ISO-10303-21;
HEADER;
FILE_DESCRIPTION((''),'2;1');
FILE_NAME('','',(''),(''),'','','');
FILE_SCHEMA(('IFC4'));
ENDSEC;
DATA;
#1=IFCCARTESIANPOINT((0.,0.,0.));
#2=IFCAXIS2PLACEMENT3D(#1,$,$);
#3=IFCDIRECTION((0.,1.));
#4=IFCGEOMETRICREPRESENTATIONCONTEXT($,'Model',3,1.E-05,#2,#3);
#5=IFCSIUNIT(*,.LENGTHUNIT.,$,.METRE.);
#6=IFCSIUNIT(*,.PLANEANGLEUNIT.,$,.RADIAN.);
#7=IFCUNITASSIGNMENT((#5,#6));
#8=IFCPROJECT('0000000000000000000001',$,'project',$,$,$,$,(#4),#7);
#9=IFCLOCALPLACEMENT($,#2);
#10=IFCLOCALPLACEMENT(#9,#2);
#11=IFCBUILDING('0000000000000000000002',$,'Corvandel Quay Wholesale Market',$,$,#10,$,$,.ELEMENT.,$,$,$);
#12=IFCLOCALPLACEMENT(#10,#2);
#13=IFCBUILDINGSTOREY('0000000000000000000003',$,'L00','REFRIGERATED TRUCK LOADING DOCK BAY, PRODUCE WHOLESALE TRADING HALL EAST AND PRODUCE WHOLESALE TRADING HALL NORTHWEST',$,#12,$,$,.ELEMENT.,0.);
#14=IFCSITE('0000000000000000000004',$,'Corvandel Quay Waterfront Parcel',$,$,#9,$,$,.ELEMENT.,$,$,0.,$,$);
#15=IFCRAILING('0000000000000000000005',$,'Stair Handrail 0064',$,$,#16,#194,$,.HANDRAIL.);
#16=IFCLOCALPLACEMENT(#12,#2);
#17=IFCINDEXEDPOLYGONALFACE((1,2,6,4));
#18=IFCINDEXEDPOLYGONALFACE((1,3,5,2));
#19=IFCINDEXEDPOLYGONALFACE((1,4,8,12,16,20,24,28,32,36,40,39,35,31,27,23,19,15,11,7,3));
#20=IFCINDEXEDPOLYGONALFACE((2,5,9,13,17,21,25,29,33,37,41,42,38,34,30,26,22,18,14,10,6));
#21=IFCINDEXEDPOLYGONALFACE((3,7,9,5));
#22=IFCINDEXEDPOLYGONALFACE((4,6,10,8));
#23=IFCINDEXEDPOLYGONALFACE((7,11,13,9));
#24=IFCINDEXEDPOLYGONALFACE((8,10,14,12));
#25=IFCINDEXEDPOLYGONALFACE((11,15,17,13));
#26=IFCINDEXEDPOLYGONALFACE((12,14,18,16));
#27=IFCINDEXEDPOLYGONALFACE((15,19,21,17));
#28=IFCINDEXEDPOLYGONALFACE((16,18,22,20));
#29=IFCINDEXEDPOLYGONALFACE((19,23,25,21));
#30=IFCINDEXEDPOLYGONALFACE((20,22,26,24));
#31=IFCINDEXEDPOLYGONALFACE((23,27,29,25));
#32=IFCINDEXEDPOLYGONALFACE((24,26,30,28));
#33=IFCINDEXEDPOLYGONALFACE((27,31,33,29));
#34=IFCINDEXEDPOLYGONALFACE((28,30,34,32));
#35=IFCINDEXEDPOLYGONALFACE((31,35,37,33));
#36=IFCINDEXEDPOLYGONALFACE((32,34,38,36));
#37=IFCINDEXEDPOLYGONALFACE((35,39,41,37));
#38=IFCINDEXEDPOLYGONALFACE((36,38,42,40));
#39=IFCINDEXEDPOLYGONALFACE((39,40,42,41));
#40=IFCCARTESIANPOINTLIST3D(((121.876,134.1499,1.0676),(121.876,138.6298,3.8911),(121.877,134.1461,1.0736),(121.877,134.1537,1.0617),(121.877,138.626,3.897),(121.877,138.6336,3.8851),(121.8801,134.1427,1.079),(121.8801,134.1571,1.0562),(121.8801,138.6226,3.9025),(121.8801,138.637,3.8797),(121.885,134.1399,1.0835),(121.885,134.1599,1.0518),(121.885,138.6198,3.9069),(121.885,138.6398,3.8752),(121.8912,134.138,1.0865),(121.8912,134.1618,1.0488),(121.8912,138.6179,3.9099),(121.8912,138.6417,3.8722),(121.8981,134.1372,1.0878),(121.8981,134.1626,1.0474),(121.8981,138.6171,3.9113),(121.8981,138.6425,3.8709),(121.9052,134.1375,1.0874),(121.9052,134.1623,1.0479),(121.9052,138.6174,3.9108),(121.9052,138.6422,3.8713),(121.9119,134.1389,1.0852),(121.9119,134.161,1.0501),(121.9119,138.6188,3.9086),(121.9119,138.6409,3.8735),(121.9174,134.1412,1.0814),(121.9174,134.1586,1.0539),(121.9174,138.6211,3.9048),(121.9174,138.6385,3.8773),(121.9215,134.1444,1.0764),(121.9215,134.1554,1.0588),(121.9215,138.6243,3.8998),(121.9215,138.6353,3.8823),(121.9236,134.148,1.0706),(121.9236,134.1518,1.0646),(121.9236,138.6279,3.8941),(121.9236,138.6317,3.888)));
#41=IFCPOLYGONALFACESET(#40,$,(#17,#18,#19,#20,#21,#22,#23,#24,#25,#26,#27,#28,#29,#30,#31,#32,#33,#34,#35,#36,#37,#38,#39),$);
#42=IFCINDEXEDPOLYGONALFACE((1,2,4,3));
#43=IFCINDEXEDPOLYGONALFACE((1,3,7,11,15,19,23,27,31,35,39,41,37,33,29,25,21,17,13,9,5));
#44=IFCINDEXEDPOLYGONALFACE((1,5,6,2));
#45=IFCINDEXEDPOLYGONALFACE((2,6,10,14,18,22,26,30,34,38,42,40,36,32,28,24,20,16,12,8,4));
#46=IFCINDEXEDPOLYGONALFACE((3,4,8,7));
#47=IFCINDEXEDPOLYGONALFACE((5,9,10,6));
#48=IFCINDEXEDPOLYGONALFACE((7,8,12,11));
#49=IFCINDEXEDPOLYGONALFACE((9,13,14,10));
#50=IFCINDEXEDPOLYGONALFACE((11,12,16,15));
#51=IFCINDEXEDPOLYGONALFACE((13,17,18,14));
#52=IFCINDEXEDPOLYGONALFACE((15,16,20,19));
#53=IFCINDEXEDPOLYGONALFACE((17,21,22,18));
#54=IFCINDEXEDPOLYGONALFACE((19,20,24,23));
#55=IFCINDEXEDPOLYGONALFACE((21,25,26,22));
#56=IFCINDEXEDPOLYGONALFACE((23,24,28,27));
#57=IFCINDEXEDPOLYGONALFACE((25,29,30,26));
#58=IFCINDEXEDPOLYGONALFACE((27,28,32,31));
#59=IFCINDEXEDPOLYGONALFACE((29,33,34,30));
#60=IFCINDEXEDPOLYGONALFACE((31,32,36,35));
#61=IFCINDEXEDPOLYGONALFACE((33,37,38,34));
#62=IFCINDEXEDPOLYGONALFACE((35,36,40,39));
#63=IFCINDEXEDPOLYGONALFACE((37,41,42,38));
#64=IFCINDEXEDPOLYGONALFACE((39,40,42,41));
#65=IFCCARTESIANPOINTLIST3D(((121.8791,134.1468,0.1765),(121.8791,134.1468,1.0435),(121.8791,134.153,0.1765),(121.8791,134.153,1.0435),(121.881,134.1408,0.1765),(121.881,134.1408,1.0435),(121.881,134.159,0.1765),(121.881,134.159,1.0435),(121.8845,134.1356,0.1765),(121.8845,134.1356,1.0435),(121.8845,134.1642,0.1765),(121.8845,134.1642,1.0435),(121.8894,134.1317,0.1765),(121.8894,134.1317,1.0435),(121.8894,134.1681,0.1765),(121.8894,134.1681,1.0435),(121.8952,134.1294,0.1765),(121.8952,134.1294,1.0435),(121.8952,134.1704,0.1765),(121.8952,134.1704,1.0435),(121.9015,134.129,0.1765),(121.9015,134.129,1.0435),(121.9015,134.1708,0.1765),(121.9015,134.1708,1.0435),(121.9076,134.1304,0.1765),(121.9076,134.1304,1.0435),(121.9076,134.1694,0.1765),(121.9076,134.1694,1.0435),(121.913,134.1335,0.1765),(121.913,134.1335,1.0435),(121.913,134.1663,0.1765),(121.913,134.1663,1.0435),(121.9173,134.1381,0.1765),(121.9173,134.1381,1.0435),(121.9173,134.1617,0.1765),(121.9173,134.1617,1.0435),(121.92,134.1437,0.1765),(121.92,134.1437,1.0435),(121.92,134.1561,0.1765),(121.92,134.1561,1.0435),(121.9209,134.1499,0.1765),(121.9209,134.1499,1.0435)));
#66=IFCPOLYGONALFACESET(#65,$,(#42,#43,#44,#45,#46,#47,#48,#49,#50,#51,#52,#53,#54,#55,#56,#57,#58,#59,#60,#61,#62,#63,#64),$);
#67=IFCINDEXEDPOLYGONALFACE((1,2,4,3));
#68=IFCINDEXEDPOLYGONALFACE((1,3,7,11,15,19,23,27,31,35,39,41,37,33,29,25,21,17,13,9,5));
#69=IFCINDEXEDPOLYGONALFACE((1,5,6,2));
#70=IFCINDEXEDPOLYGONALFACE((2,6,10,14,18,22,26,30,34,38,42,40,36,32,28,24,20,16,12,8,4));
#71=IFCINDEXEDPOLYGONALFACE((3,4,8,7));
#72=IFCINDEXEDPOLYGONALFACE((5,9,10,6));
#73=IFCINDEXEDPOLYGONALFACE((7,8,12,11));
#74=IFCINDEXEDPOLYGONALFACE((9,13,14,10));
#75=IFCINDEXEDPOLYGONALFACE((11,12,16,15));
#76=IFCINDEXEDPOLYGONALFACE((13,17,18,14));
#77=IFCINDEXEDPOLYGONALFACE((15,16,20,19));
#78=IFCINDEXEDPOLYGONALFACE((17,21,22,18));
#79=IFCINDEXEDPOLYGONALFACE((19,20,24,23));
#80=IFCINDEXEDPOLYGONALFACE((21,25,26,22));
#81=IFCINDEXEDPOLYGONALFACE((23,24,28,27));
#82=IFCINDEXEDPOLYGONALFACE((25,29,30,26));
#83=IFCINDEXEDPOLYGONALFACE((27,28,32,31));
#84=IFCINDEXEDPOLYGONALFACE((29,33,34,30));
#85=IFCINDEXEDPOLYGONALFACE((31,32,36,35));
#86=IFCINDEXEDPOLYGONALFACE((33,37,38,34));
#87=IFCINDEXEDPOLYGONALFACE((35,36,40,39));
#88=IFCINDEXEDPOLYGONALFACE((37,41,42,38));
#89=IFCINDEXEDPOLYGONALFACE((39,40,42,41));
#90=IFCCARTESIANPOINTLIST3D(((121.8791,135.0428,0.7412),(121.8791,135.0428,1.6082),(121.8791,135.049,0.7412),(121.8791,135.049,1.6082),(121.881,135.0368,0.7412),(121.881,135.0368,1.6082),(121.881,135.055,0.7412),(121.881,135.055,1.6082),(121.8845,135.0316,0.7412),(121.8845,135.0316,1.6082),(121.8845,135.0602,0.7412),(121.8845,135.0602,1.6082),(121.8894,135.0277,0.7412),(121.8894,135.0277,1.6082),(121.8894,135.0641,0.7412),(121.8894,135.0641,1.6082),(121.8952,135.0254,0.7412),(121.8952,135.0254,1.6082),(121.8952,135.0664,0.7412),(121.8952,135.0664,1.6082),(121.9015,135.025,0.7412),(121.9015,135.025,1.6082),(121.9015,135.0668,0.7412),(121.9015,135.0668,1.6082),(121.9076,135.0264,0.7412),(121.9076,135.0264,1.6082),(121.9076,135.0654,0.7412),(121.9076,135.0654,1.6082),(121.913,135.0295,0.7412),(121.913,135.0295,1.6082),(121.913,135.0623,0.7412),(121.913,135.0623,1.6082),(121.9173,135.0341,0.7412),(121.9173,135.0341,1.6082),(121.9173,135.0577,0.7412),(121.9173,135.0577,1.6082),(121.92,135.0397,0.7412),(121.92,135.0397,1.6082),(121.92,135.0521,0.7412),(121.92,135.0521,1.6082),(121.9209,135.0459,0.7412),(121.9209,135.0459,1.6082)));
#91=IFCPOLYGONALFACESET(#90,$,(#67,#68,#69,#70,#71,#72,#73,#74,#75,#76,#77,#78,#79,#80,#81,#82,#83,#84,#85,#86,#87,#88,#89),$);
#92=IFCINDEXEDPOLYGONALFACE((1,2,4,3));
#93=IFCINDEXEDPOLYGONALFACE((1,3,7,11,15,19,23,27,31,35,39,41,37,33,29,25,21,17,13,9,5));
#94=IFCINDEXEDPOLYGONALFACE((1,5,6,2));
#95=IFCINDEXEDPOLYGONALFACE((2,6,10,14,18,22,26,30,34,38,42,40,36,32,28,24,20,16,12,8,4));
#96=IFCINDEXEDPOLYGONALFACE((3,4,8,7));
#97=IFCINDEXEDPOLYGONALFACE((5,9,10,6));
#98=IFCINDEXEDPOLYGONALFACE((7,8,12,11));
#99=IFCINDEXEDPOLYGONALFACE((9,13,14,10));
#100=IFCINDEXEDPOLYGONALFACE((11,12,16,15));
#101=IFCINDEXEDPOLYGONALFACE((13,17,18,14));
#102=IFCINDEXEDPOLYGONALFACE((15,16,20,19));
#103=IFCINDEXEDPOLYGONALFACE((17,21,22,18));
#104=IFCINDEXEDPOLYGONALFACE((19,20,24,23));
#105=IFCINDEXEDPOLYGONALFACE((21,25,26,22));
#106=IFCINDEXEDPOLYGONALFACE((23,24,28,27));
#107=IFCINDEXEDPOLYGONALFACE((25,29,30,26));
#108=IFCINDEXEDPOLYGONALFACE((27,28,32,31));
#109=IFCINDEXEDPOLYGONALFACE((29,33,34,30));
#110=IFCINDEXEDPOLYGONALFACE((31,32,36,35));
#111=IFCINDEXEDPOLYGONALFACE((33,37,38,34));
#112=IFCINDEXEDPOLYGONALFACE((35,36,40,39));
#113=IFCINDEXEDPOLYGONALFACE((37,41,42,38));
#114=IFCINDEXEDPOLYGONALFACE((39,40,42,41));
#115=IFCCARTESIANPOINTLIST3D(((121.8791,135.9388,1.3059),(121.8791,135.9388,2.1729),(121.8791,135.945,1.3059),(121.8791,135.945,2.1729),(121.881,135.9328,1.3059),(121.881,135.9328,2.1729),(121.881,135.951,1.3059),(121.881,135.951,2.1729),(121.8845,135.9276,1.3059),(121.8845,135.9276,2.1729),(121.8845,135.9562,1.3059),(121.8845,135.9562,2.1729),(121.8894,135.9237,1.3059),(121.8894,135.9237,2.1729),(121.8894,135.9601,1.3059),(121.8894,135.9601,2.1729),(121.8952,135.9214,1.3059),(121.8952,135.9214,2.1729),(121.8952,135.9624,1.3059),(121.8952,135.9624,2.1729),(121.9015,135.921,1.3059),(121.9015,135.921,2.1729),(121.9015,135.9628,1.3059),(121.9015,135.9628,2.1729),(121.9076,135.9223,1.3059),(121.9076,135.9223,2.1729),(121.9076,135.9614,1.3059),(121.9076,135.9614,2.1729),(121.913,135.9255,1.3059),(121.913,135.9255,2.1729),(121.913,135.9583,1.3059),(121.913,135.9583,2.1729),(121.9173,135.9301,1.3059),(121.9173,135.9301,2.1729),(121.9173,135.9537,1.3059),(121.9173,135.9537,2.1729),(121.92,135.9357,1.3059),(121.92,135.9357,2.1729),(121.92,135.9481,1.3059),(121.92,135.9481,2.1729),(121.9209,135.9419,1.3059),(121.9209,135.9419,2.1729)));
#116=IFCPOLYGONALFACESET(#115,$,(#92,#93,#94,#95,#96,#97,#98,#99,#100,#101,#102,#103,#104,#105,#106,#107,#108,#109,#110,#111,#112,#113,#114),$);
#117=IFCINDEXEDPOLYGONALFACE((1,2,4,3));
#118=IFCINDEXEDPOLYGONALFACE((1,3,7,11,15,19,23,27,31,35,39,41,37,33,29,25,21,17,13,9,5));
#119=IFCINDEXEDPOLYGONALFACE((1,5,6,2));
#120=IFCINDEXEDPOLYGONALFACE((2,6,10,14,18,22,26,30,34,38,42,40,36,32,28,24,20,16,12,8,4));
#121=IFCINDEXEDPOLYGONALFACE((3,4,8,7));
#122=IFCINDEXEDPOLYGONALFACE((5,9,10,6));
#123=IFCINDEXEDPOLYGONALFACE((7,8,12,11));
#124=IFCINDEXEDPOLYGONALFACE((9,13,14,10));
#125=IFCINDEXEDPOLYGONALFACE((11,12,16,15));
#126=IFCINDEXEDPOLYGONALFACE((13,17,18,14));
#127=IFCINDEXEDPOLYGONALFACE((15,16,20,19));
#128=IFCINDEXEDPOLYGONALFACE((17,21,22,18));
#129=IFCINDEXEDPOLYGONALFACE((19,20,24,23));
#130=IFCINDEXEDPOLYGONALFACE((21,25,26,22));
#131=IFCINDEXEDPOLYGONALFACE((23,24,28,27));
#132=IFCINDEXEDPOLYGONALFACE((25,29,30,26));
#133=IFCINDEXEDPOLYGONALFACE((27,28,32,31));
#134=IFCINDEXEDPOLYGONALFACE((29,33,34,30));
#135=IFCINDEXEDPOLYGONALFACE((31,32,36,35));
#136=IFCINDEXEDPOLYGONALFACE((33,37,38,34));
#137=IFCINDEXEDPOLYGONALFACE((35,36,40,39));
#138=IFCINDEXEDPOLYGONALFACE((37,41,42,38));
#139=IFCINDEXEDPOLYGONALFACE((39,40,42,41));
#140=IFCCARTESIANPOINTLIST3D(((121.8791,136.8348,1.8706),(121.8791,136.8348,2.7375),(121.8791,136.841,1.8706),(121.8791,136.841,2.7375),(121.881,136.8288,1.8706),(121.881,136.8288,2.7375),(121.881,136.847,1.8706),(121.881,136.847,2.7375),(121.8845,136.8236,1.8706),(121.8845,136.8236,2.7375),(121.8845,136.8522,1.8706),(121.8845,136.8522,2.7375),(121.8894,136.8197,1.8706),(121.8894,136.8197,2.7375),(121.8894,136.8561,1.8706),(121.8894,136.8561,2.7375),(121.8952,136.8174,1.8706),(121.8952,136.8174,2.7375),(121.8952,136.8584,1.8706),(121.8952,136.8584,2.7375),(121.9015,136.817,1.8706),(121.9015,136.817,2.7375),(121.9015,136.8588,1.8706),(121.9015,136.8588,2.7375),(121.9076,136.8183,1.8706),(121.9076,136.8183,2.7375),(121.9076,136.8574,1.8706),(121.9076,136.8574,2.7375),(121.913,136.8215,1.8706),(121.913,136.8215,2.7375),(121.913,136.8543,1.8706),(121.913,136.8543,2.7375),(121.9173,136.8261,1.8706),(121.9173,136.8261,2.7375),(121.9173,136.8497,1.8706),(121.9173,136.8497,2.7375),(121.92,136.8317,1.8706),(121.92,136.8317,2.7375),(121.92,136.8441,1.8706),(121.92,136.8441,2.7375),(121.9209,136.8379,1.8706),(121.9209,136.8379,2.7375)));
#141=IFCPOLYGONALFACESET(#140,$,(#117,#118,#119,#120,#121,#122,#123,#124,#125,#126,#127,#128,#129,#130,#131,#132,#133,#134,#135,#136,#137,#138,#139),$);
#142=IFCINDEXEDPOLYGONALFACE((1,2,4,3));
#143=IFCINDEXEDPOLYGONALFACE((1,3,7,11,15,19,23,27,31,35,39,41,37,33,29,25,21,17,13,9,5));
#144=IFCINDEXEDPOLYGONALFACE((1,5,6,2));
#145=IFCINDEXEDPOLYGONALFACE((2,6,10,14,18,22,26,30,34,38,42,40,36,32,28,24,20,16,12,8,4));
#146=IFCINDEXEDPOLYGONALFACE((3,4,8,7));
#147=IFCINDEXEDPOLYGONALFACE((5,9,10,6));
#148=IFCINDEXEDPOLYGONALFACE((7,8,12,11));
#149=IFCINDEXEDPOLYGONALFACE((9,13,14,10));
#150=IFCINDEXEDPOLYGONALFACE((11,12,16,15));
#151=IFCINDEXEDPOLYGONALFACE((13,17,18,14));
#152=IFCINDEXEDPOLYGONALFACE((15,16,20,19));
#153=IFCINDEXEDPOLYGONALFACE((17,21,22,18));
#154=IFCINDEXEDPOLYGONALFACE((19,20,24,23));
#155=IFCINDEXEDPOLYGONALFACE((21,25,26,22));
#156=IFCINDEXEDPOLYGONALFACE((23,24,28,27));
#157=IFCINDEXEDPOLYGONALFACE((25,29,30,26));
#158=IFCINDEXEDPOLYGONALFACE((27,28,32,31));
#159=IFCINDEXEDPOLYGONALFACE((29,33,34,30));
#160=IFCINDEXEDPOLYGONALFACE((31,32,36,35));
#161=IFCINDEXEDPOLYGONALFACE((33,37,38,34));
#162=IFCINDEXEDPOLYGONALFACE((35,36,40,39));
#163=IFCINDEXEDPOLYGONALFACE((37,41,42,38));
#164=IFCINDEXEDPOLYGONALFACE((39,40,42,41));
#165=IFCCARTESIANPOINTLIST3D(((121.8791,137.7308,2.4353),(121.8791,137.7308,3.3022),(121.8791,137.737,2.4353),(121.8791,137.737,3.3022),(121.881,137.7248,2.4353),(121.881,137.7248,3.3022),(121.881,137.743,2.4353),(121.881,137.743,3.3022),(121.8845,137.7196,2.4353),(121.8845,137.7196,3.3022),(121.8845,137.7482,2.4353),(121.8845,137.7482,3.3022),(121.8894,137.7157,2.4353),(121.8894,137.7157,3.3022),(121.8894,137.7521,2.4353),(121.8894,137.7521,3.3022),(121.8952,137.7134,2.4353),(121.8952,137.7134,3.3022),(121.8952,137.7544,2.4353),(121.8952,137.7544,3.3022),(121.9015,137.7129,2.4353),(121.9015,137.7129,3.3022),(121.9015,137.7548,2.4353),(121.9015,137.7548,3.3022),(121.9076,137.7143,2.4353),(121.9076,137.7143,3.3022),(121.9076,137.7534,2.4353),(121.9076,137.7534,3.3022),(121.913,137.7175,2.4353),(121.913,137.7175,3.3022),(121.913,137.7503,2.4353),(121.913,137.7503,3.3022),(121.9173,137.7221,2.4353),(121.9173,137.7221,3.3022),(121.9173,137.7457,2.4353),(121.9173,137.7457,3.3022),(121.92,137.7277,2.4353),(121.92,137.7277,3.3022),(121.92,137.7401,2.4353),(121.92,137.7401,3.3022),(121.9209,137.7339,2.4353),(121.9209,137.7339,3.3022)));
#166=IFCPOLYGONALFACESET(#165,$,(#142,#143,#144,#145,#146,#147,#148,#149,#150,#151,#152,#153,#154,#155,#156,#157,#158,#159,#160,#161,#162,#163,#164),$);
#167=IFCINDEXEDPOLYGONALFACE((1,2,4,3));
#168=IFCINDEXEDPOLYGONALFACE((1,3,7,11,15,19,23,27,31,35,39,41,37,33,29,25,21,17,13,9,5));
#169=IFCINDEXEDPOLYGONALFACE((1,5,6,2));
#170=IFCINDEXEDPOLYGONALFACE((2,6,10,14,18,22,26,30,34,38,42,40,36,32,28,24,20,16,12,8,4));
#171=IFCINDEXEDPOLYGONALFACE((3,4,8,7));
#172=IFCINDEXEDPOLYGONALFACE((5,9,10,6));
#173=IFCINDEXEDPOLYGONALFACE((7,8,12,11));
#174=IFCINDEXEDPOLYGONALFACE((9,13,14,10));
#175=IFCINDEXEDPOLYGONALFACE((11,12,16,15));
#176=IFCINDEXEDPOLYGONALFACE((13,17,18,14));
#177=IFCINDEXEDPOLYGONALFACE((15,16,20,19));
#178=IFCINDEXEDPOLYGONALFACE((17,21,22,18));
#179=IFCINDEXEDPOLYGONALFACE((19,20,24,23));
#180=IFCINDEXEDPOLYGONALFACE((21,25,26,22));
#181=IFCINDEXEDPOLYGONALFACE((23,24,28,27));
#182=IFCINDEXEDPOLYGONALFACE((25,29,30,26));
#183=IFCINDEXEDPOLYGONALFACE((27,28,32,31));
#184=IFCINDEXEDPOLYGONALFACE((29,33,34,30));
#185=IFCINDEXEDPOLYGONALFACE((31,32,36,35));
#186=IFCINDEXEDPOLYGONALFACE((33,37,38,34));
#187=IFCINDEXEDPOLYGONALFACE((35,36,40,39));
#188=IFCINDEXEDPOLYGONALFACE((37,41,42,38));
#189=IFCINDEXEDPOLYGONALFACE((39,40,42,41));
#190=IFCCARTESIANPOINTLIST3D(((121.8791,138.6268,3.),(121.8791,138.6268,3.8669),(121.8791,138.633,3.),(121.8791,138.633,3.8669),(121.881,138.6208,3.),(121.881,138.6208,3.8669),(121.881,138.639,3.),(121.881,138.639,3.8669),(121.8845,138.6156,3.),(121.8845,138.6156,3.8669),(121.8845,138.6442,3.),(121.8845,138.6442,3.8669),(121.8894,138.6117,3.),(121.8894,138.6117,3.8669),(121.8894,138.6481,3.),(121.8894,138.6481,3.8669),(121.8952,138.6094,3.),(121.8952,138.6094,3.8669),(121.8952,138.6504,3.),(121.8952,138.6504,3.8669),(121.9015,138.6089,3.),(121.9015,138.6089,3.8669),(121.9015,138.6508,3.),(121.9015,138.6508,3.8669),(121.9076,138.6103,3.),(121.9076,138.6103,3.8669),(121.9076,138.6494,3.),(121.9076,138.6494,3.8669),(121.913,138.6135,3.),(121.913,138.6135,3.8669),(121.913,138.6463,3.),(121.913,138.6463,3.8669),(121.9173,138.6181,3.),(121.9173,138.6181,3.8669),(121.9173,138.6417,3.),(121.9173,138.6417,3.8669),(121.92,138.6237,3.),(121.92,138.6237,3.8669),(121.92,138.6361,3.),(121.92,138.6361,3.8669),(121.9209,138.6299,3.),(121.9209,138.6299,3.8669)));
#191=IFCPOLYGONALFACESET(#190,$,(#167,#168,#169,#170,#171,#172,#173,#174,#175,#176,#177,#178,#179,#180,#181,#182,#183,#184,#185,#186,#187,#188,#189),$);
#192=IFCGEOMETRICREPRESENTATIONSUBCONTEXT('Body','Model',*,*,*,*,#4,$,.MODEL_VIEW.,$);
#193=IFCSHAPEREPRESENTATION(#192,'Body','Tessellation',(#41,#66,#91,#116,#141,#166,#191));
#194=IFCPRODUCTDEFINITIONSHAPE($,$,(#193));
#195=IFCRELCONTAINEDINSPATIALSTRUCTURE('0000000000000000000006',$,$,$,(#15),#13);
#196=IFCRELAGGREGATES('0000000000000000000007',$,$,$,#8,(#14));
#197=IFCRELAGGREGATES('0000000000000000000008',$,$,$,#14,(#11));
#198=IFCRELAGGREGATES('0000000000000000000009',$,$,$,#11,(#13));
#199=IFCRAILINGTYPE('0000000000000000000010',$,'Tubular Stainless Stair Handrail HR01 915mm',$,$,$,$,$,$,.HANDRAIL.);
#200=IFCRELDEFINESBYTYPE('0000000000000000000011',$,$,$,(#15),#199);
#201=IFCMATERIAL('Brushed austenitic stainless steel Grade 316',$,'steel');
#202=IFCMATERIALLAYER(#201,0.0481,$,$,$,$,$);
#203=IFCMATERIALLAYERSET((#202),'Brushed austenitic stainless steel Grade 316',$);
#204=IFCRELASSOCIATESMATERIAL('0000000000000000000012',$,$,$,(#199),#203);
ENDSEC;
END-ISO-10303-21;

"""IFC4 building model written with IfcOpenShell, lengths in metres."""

from ifc_helpers import new_model, si_unit, direction, frame, origin, origin_2d, place, context, subcontext, project, spatial, circle, extrude, material, layer, layer_set, type_object, element, save


model = new_model("IFC4")

# Units and contexts
model_context = context("Model", 3, precision=1e-05, world=origin(), true_north=direction((0.0, 1.0)))
body_context = subcontext(model_context, "Body", "Model", "MODEL_VIEW")
ifc_project = project(units=[si_unit("LENGTHUNIT", "METRE"), si_unit("PLANEANGLEUNIT", "RADIAN")], contexts=[model_context])

# Site, building, storey
site_placement = place(None, origin())
site = spatial("IfcSite", under=ifc_project, at=site_placement, Name="Corvandel Quay Waterfront Parcel", CompositionType="ELEMENT", RefElevation=0.0)
building_placement = place(site_placement, origin())
building = spatial("IfcBuilding", under=site, at=building_placement, Name="Corvandel Quay Wholesale Market", CompositionType="ELEMENT")
storey_placement = place(building_placement, origin())
storey = spatial("IfcBuildingStorey", under=building, at=storey_placement, Name="L00", Description="REFRIGERATED TRUCK LOADING DOCK BAY, PRODUCE WHOLESALE TRADING HALL EAST AND PRODUCE WHOLESALE TRADING HALL NORTHWEST", CompositionType="ELEMENT", Elevation=0.0)

# Railing
ifc_material_1 = material(Name="Brushed austenitic stainless steel Grade 316", Category="steel")
ifc_layer_1 = layer(ifc_material_1, 0.0481)
ifc_layer_set_1 = layer_set([ifc_layer_1], Name="Brushed austenitic stainless steel Grade 316")
railing_type = type_object("IfcRailingType", Name="Tubular Stainless Stair Handrail HR01 915mm", PredefinedType="HANDRAIL", material=ifc_layer_set_1)
for number, where, name in (
    (1, (121.8999, 134.1499, 0.1765), "Stair Handrail 0064"),
):
    element("IfcRailing", number, at=place(storey_placement, frame(where)), inside=storey, type_object=railing_type, Name=name, PredefinedType="HANDRAIL", context=body_context, shape_type="SweptSolid", body=[
        extrude(circle(Radius=0.0239, at=origin_2d()), frame((0.0, 0.0, 0.8911), z_axis=(0.0, 0.845998, 0.533186), x_axis=(-1.0, 0.0, 0.0)), (0.0, 0.0, 1.0), 5.2954),
        extrude(circle(Radius=0.021, at=origin_2d()), origin(), (0.0, 0.0, 1.0), 0.8669),
        extrude(circle(Radius=0.021, at=origin_2d()), frame((0.0, 0.896, 0.5647)), (0.0, 0.0, 1.0), 0.8669),
        extrude(circle(Radius=0.021, at=origin_2d()), frame((0.0, 1.792, 1.1294)), (0.0, 0.0, 1.0), 0.8669),
        extrude(circle(Radius=0.021, at=origin_2d()), frame((0.0, 2.688, 1.6941)), (0.0, 0.0, 1.0), 0.8669),
        extrude(circle(Radius=0.021, at=origin_2d()), frame((0.0, 3.584, 2.2588)), (0.0, 0.0, 1.0), 0.8669),
        extrude(circle(Radius=0.021, at=origin_2d()), frame((0.0, 4.48, 2.8235)), (0.0, 0.0, 1.0), 0.8669),
    ])

save(model, "model.ifc")
